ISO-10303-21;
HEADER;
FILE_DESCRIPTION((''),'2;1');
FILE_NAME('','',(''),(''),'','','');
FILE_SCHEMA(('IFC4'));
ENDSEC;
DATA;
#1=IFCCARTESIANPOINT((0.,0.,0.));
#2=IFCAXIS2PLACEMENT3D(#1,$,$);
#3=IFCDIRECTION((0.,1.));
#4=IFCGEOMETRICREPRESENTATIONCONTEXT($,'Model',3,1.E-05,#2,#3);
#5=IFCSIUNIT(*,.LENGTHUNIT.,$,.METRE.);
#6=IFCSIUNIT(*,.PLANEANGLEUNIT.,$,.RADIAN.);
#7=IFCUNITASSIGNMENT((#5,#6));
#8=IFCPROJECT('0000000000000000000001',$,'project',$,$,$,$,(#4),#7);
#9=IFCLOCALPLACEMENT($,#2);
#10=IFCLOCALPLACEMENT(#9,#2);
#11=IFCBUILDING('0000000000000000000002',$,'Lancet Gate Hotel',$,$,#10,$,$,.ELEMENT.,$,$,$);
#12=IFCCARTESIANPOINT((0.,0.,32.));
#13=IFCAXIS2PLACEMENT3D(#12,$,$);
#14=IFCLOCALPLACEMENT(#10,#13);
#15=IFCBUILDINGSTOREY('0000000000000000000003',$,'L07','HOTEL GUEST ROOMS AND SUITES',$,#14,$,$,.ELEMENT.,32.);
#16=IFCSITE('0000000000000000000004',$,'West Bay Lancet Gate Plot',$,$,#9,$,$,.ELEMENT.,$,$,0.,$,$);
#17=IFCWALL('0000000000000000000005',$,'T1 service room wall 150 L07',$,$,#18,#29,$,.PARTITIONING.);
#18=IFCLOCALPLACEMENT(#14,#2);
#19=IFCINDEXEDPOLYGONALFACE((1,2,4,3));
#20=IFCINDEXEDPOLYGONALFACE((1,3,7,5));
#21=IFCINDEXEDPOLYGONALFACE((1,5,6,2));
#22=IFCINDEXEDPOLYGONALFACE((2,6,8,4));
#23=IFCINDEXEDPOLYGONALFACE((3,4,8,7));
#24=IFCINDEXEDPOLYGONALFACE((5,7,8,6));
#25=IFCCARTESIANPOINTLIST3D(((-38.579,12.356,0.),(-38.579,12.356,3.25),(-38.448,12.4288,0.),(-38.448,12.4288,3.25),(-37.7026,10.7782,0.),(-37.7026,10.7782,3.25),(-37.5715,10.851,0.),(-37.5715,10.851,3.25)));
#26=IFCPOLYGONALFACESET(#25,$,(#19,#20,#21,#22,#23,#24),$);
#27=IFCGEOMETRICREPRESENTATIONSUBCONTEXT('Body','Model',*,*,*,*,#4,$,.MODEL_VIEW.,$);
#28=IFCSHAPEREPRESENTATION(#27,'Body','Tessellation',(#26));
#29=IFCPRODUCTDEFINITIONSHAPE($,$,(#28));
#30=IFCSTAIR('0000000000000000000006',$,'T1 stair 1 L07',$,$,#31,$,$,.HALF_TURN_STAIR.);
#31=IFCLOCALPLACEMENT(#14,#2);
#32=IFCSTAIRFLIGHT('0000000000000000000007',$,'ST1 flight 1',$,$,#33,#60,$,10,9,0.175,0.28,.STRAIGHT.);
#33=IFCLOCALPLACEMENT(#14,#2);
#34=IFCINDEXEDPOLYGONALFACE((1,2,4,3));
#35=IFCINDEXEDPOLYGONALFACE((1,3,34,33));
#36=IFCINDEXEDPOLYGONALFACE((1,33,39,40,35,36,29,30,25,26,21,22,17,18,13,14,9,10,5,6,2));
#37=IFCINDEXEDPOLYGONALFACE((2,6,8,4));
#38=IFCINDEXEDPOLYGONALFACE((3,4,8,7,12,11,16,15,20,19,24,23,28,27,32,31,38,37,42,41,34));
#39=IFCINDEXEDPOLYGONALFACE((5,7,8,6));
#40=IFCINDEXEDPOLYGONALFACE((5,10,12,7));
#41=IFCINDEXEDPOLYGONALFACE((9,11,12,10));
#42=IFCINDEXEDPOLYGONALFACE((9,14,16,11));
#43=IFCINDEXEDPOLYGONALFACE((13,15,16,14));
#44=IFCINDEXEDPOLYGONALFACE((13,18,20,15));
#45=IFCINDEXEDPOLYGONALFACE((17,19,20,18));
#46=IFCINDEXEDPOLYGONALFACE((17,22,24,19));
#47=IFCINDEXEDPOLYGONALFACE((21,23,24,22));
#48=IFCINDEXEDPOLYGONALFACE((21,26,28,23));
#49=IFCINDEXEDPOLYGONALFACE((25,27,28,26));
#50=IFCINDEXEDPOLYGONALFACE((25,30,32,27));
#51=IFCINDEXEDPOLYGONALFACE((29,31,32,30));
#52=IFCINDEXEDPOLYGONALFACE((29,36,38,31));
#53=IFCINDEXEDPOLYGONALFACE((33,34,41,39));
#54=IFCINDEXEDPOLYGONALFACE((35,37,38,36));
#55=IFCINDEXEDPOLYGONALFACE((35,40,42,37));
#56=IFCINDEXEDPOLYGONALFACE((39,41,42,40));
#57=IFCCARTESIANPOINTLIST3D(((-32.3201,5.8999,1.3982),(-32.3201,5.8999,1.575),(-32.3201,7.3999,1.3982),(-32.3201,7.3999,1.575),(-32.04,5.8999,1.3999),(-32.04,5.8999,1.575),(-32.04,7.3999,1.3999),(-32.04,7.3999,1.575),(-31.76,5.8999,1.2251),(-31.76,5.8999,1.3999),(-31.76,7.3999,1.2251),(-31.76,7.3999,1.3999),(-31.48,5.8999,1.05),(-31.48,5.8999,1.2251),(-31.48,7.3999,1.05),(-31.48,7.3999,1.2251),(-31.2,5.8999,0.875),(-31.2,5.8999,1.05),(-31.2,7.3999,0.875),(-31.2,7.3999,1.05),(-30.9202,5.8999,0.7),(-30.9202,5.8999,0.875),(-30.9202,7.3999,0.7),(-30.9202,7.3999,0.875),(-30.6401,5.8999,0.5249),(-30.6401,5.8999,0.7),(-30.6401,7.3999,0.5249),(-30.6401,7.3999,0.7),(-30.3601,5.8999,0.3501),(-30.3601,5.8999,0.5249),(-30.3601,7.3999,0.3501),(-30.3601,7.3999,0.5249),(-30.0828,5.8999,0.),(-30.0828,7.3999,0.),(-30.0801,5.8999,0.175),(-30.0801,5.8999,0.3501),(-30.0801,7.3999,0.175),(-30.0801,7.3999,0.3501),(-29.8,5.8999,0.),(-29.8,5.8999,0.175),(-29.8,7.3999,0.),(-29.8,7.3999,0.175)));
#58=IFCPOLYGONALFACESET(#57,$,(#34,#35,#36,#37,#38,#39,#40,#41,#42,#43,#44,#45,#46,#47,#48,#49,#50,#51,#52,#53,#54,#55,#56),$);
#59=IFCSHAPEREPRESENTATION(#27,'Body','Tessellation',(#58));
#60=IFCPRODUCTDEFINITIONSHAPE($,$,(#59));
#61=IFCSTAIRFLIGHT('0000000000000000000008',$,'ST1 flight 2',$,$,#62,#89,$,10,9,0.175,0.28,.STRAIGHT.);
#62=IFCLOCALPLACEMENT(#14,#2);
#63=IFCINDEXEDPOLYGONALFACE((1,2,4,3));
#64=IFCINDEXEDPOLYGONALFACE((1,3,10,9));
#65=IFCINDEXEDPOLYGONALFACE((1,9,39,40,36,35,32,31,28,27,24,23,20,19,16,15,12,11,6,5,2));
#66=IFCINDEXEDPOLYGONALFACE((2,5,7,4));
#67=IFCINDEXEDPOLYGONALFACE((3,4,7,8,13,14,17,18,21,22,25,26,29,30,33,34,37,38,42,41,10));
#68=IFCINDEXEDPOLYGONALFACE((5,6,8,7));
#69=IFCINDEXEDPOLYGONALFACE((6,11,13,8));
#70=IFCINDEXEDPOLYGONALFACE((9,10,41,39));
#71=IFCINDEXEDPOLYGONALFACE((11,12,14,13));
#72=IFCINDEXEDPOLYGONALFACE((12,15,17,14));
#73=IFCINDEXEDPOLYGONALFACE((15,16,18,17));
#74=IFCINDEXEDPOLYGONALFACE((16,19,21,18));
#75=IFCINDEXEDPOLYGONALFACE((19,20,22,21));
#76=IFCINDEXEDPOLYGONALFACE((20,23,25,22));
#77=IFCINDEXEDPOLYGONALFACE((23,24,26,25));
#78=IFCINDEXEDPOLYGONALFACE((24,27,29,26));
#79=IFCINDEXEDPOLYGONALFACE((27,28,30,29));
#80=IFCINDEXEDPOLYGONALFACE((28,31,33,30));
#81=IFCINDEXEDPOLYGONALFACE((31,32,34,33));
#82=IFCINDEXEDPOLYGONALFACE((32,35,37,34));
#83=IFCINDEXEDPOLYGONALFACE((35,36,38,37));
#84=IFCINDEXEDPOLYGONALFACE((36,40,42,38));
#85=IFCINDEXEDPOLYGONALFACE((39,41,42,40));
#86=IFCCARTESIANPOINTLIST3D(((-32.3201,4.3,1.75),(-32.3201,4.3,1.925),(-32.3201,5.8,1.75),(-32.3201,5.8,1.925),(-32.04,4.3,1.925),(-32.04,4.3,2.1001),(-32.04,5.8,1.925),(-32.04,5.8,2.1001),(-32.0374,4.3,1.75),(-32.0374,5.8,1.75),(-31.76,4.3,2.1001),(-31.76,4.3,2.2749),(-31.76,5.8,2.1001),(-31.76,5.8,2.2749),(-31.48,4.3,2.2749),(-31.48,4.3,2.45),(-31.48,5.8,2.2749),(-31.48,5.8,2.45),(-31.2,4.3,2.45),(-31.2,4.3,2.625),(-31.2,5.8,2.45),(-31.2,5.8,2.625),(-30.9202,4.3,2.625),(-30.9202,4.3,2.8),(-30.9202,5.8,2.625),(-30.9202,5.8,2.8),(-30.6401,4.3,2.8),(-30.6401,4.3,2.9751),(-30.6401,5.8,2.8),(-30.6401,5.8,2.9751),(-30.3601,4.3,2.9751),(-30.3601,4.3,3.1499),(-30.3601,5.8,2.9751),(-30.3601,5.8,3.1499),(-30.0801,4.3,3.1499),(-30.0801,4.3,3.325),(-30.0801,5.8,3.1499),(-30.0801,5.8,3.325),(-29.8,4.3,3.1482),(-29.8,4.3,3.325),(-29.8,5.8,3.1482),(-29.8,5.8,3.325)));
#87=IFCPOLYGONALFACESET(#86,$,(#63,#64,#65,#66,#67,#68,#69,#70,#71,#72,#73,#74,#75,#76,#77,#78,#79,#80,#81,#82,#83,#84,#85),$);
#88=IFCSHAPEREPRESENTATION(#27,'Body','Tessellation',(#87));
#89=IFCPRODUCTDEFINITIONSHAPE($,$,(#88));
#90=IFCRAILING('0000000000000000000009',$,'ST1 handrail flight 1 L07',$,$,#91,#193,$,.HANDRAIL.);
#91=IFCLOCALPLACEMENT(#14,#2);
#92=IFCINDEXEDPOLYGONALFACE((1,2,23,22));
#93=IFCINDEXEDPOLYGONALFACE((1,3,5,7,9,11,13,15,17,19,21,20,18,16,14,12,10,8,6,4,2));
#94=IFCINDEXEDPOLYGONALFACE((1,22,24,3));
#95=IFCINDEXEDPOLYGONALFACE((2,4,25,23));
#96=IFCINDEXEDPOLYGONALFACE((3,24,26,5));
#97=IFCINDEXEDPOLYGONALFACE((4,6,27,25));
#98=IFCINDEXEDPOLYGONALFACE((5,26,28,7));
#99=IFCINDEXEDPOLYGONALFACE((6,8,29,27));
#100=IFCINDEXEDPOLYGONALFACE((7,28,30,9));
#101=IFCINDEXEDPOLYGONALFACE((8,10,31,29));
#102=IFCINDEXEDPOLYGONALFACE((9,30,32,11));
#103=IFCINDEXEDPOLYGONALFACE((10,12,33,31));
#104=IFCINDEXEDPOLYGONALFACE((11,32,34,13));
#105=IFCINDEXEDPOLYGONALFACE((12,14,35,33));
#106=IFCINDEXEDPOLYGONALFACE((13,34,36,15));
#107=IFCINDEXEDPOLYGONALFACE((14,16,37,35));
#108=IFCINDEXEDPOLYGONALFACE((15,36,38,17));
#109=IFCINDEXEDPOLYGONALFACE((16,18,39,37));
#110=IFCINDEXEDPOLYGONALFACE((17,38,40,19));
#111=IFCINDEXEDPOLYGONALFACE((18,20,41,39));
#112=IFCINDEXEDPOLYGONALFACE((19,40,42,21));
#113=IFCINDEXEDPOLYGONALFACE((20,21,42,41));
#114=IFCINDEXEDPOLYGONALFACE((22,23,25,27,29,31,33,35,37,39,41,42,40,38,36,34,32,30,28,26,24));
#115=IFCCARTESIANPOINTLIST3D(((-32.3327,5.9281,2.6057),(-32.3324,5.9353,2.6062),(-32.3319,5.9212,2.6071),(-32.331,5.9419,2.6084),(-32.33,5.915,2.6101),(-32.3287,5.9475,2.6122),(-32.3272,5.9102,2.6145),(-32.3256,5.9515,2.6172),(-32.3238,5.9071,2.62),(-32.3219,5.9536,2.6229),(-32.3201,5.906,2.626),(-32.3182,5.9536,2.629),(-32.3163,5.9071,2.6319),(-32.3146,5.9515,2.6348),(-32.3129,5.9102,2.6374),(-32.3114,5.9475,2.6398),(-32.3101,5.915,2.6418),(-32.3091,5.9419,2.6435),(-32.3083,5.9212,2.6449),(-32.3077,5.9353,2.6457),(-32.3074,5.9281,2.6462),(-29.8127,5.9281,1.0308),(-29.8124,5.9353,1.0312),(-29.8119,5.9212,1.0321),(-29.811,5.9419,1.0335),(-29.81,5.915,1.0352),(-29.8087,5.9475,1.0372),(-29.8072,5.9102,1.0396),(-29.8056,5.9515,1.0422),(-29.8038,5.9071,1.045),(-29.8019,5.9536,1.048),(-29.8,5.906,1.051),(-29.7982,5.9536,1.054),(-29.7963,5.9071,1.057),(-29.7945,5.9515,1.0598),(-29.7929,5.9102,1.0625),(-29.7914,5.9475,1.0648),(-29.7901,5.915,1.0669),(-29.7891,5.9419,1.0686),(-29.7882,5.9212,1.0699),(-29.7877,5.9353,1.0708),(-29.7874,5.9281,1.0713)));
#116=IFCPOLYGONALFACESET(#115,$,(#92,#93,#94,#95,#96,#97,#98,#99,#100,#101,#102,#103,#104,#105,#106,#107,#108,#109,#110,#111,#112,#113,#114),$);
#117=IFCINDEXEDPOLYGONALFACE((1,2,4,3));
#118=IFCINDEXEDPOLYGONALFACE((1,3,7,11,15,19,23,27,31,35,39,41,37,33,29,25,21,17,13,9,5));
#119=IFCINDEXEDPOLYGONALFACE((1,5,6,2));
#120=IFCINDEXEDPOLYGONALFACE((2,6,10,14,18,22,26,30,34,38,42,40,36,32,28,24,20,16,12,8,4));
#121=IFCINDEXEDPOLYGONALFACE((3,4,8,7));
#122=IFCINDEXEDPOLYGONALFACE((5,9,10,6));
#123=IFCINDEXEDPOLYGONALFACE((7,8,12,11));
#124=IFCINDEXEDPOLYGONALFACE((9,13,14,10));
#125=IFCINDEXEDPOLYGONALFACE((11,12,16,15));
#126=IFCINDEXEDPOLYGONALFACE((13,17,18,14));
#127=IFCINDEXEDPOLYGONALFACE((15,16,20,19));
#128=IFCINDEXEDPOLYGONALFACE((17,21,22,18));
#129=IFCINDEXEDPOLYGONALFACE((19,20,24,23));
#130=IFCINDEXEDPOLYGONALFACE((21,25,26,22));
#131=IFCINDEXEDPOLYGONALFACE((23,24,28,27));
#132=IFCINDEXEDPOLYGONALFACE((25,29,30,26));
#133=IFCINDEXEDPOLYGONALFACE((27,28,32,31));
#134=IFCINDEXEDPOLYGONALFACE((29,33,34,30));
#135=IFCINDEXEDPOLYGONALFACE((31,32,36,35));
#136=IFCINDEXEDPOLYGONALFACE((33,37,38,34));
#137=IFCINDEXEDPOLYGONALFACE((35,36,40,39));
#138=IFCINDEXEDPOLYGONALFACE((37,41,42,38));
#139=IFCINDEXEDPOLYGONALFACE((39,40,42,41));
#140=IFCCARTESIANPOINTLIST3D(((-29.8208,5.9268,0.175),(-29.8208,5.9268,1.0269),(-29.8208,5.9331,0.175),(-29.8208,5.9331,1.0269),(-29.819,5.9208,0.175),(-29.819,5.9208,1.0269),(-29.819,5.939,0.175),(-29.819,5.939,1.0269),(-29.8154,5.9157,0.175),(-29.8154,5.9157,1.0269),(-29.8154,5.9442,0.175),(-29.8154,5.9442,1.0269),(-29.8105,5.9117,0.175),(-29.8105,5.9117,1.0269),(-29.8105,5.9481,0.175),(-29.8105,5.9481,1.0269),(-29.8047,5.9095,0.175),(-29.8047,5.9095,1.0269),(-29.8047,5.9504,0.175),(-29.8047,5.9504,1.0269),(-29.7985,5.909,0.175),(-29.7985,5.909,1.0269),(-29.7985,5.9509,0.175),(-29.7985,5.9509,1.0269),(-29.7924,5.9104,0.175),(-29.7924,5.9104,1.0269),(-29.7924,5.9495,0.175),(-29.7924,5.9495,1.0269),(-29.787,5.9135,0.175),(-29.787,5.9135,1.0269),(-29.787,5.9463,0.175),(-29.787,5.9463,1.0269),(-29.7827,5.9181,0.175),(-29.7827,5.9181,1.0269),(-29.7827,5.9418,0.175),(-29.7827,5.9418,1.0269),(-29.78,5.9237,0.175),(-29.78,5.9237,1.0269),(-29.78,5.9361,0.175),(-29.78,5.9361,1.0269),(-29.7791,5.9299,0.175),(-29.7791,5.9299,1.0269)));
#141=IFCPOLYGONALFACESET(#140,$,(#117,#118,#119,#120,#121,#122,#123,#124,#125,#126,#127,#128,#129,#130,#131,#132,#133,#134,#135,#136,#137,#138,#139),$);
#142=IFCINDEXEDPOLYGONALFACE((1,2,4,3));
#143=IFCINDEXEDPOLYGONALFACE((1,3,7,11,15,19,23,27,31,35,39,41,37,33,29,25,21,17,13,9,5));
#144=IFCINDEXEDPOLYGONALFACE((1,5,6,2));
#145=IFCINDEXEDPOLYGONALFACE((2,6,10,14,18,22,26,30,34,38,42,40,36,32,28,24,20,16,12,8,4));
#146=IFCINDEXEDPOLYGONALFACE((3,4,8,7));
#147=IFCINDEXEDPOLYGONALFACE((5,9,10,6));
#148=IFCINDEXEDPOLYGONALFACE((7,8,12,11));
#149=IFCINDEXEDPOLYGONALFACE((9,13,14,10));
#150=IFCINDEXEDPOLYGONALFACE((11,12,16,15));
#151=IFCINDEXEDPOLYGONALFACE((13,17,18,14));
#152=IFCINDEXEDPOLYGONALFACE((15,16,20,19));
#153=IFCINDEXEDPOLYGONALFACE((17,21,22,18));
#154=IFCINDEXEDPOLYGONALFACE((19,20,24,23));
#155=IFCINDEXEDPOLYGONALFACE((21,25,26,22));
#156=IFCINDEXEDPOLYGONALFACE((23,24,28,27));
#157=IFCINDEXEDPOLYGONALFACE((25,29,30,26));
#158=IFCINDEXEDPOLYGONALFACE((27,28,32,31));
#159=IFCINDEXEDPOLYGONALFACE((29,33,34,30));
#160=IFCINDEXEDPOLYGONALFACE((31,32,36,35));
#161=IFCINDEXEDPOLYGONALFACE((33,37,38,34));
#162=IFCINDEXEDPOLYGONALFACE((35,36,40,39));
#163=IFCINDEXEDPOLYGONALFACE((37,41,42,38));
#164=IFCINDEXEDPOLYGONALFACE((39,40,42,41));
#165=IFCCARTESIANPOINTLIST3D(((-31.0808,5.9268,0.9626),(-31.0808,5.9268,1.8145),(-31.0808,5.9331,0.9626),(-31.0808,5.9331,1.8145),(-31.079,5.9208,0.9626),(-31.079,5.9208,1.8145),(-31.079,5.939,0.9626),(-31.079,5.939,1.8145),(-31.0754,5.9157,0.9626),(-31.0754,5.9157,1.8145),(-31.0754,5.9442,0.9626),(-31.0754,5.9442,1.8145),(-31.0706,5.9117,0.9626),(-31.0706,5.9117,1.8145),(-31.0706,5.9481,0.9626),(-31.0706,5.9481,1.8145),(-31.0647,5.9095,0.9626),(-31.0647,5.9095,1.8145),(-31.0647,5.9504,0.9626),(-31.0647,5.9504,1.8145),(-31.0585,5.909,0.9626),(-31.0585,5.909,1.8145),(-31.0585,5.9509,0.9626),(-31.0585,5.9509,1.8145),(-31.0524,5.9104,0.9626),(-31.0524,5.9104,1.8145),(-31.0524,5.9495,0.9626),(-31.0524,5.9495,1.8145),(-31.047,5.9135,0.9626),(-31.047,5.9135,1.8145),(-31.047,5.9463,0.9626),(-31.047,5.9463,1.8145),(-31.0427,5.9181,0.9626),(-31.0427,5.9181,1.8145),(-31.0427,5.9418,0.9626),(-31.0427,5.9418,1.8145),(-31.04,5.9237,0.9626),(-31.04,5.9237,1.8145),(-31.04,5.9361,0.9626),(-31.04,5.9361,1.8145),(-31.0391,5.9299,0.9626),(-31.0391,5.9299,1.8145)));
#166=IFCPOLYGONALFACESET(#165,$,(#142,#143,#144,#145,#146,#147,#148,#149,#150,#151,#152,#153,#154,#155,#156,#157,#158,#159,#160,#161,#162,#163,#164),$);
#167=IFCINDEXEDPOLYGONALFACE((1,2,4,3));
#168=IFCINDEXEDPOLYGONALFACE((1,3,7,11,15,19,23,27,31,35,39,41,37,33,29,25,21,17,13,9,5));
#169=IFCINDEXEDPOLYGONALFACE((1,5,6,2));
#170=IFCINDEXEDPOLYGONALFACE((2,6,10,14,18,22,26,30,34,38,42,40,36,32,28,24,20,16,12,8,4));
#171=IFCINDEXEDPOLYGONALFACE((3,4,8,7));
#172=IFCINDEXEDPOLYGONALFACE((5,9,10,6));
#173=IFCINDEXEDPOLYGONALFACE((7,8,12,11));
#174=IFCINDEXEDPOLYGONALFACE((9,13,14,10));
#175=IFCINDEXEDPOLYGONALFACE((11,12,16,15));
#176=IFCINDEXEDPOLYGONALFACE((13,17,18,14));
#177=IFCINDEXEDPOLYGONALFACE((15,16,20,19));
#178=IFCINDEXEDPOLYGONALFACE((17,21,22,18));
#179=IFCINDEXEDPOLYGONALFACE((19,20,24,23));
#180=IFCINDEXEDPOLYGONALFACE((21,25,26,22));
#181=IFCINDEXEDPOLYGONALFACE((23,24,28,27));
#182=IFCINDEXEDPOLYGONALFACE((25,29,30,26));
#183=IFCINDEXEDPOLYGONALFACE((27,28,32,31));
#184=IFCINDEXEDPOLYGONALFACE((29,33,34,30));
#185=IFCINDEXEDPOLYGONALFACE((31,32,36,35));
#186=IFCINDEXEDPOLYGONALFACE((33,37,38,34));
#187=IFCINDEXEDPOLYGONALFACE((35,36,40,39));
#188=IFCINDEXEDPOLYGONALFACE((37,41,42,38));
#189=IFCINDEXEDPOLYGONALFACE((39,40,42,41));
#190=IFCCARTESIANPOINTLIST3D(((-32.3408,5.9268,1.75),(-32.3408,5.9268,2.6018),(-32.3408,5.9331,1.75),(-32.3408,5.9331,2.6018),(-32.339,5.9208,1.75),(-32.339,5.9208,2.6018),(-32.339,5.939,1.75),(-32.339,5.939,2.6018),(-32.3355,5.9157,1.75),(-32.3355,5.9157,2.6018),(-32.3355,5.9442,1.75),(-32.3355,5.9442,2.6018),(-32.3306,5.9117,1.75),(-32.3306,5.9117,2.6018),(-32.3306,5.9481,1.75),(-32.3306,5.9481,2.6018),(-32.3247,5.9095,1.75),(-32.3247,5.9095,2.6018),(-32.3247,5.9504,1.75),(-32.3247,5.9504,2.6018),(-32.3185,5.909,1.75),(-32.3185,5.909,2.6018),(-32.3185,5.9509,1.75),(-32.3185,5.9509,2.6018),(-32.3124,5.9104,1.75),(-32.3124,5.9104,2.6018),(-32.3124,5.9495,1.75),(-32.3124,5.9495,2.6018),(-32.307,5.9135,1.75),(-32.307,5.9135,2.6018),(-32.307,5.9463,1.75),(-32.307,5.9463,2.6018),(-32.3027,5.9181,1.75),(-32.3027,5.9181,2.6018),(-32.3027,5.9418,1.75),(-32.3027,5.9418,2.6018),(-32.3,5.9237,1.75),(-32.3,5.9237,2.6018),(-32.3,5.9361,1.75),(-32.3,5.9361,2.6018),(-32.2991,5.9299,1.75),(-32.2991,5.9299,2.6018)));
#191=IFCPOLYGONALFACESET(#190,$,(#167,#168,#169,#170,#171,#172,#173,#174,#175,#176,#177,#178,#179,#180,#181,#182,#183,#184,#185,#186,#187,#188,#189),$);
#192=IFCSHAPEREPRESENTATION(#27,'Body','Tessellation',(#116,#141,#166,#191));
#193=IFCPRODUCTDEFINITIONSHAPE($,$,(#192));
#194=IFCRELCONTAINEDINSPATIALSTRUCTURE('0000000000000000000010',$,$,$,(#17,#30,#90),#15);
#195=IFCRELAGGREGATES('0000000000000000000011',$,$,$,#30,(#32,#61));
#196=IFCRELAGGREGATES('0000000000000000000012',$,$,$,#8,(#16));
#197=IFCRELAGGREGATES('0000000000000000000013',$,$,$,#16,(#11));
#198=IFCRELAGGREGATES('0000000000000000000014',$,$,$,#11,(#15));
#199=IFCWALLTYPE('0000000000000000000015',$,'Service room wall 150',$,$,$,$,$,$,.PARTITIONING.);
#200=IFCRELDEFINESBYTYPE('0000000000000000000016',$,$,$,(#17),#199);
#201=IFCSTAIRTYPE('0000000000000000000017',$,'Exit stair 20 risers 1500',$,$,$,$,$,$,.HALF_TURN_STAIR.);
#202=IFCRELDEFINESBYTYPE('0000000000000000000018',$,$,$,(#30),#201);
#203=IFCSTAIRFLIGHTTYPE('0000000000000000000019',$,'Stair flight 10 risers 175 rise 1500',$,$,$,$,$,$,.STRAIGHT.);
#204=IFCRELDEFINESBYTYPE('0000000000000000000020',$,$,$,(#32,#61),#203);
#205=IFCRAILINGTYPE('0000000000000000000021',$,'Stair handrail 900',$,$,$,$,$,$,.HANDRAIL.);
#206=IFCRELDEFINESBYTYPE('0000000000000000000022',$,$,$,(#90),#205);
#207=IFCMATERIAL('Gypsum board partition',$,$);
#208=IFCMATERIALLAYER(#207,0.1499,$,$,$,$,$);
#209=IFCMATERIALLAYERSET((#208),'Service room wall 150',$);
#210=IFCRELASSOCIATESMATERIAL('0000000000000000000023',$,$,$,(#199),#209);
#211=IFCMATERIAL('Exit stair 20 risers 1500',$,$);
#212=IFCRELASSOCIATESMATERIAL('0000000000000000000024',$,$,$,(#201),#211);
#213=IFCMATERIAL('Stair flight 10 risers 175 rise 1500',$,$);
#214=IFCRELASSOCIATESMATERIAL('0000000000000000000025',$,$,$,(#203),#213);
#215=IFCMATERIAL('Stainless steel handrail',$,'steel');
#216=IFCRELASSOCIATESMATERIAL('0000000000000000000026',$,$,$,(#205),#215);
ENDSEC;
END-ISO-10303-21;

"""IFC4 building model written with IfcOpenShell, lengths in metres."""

from ifc_helpers import new_model, si_unit, direction, frame, frame_2d, origin, origin_2d, place, context, subcontext, project, spatial, polyline, rectangle, circle, outline, extrude, material, layer, layer_set, type_object, element, aggregate, save


model = new_model("IFC4")

# Units and contexts
model_context = context("Model", 3, precision=1e-05, world=origin(), true_north=direction((0.0, 1.0)))
body_context = subcontext(model_context, "Body", "Model", "MODEL_VIEW")
ifc_project = project(units=[si_unit("LENGTHUNIT", "METRE"), si_unit("PLANEANGLEUNIT", "RADIAN")], contexts=[model_context])

# Site, building, storey
site_placement = place(None, origin())
site = spatial("IfcSite", under=ifc_project, at=site_placement, Name="West Bay Lancet Gate Plot", CompositionType="ELEMENT", RefElevation=0.0)
building_placement = place(site_placement, origin())
building = spatial("IfcBuilding", under=site, at=building_placement, Name="Lancet Gate Hotel", CompositionType="ELEMENT")
storey_placement = place(building_placement, frame((0.0, 0.0, 32.0)))
storey = spatial("IfcBuildingStorey", under=building, at=storey_placement, Name="L07", Description="HOTEL GUEST ROOMS AND SUITES", CompositionType="ELEMENT", Elevation=32.0)

# Wall
ifc_material_1 = material(Name="Gypsum board partition")
ifc_layer_1 = layer(ifc_material_1, 0.1499)
ifc_layer_set_1 = layer_set([ifc_layer_1], Name="Service room wall 150")
wall_type_1 = type_object("IfcWallType", Name="Service room wall 150", PredefinedType="PARTITIONING", material=ifc_layer_set_1)
wall_1_placement = place(storey_placement, frame((-38.5134, 12.3923, 0.0), z_axis=(0.0, 0.0, 1.0), x_axis=(0.485586, -0.874189, 0.0)))
element("IfcWall", 1, at=wall_1_placement, inside=storey, type_object=wall_type_1, Name="T1 service room wall 150 L07", PredefinedType="PARTITIONING", context=body_context, shape_type="SweptSolid", body=[
    extrude(rectangle(XDim=1.8049, YDim=0.1499, at=frame_2d((0.9023, 0.0))), origin(), (0.0, 0.0, 1.0), 3.25),
])

# Stair, stair flights
ifc_material_2 = material(Name="Exit stair 20 risers 1500")
stair_type = type_object("IfcStairType", Name="Exit stair 20 risers 1500", PredefinedType="HALF_TURN_STAIR", material=ifc_material_2)
stair_placement = place(storey_placement, origin())
stair = element("IfcStair", 2, at=stair_placement, inside=storey, type_object=stair_type, Name="T1 stair 1 L07", PredefinedType="HALF_TURN_STAIR")
ifc_material_3 = material(Name="Stair flight 10 risers 175 rise 1500")
stair_flight_type = type_object("IfcStairFlightType", Name="Stair flight 10 risers 175 rise 1500", PredefinedType="STRAIGHT", material=ifc_material_3)
stair_flight_1_placement = place(storey_placement, frame((-29.8, 6.6499, 0.0), z_axis=(0.0, 0.0, 1.0), x_axis=(-1.0, 0.0, 0.0)))
stair_flight_1 = element("IfcStairFlight", 3, at=stair_flight_1_placement, type_object=stair_flight_type, Name="ST1 flight 1", NumberOfRisers=10, NumberOfTreads=9, PredefinedType="STRAIGHT", RiserHeight=0.175, TreadLength=0.28, context=body_context, shape_type="SweptSolid", body=[
    extrude(outline(polyline([(0.0, 0.0), (0.0, 0.175), (0.28, 0.175), (0.28, 0.3501), (0.5601, 0.3501), (0.5601, 0.5249), (0.8401, 0.5249), (0.8401, 0.7), (1.1201, 0.7), (1.1201, 0.875), (1.3999, 0.875), (1.3999, 1.05), (1.6799, 1.05), (1.6799, 1.2251), (1.96, 1.2251), (1.96, 1.3999), (2.24, 1.3999), (2.24, 1.575), (2.52, 1.575), (2.52, 1.75), (2.52, 1.3982), (0.2827, 0.0), (0.0, 0.0)])), frame((0.0, 0.75, 0.0), z_axis=(0.0, -1.0, 0.0), x_axis=(1.0, 0.0, 0.0)), (0.0, 0.0, 1.0), 1.5),
])
stair_flight_2_placement = place(storey_placement, frame((-32.3201, 5.05, 1.75), z_axis=(0.0, 0.0, 1.0), x_axis=(1.0, 0.0, 0.0)))
stair_flight_2 = element("IfcStairFlight", 4, at=stair_flight_2_placement, type_object=stair_flight_type, Name="ST1 flight 2", NumberOfRisers=10, NumberOfTreads=9, PredefinedType="STRAIGHT", RiserHeight=0.175, TreadLength=0.28, context=body_context, shape_type="SweptSolid", body=[
    extrude(outline(polyline([(0.0, 0.0), (0.0, 0.175), (0.28, 0.175), (0.28, 0.3501), (0.5601, 0.3501), (0.5601, 0.5249), (0.8401, 0.5249), (0.8401, 0.7), (1.1201, 0.7), (1.1201, 0.875), (1.3999, 0.875), (1.3999, 1.05), (1.6799, 1.05), (1.6799, 1.2251), (1.96, 1.2251), (1.96, 1.3999), (2.24, 1.3999), (2.24, 1.575), (2.52, 1.575), (2.52, 1.75), (2.52, 1.3982), (0.2827, 0.0), (0.0, 0.0)])), frame((0.0, 0.75, 0.0), z_axis=(0.0, -1.0, 0.0), x_axis=(1.0, 0.0, 0.0)), (0.0, 0.0, 1.0), 1.5),
])
aggregate(stair, [stair_flight_1, stair_flight_2])

# Railing
ifc_material_4 = material(Name="Stainless steel handrail", Category="steel")
railing_type = type_object("IfcRailingType", Name="Stair handrail 900", PredefinedType="HANDRAIL", material=ifc_material_4)
railing_1_placement = place(storey_placement, frame((-29.8, 5.9299, 0.175)))
element("IfcRailing", 5, at=railing_1_placement, inside=storey, type_object=railing_type, Name="ST1 handrail flight 1 L07", PredefinedType="HANDRAIL", context=body_context, shape_type="SweptSolid", body=[
    extrude(circle(Radius=0.0239, at=origin_2d()), frame((0.0, 0.0, 0.876), z_axis=(-0.848008, 0.0, 0.529984), x_axis=(0.0, -1.0, 0.0)), (0.0, 0.0, 1.0), 2.9717),
    extrude(circle(Radius=0.021, at=origin_2d()), origin(), (0.0, 0.0, 1.0), 0.8518),
    extrude(circle(Radius=0.021, at=origin_2d()), frame((-1.26, 0.0, 0.7876)), (0.0, 0.0, 1.0), 0.8518),
    extrude(circle(Radius=0.021, at=origin_2d()), frame((-2.52, 0.0, 1.575)), (0.0, 0.0, 1.0), 0.8518),
])

save(model, "model.ifc")
